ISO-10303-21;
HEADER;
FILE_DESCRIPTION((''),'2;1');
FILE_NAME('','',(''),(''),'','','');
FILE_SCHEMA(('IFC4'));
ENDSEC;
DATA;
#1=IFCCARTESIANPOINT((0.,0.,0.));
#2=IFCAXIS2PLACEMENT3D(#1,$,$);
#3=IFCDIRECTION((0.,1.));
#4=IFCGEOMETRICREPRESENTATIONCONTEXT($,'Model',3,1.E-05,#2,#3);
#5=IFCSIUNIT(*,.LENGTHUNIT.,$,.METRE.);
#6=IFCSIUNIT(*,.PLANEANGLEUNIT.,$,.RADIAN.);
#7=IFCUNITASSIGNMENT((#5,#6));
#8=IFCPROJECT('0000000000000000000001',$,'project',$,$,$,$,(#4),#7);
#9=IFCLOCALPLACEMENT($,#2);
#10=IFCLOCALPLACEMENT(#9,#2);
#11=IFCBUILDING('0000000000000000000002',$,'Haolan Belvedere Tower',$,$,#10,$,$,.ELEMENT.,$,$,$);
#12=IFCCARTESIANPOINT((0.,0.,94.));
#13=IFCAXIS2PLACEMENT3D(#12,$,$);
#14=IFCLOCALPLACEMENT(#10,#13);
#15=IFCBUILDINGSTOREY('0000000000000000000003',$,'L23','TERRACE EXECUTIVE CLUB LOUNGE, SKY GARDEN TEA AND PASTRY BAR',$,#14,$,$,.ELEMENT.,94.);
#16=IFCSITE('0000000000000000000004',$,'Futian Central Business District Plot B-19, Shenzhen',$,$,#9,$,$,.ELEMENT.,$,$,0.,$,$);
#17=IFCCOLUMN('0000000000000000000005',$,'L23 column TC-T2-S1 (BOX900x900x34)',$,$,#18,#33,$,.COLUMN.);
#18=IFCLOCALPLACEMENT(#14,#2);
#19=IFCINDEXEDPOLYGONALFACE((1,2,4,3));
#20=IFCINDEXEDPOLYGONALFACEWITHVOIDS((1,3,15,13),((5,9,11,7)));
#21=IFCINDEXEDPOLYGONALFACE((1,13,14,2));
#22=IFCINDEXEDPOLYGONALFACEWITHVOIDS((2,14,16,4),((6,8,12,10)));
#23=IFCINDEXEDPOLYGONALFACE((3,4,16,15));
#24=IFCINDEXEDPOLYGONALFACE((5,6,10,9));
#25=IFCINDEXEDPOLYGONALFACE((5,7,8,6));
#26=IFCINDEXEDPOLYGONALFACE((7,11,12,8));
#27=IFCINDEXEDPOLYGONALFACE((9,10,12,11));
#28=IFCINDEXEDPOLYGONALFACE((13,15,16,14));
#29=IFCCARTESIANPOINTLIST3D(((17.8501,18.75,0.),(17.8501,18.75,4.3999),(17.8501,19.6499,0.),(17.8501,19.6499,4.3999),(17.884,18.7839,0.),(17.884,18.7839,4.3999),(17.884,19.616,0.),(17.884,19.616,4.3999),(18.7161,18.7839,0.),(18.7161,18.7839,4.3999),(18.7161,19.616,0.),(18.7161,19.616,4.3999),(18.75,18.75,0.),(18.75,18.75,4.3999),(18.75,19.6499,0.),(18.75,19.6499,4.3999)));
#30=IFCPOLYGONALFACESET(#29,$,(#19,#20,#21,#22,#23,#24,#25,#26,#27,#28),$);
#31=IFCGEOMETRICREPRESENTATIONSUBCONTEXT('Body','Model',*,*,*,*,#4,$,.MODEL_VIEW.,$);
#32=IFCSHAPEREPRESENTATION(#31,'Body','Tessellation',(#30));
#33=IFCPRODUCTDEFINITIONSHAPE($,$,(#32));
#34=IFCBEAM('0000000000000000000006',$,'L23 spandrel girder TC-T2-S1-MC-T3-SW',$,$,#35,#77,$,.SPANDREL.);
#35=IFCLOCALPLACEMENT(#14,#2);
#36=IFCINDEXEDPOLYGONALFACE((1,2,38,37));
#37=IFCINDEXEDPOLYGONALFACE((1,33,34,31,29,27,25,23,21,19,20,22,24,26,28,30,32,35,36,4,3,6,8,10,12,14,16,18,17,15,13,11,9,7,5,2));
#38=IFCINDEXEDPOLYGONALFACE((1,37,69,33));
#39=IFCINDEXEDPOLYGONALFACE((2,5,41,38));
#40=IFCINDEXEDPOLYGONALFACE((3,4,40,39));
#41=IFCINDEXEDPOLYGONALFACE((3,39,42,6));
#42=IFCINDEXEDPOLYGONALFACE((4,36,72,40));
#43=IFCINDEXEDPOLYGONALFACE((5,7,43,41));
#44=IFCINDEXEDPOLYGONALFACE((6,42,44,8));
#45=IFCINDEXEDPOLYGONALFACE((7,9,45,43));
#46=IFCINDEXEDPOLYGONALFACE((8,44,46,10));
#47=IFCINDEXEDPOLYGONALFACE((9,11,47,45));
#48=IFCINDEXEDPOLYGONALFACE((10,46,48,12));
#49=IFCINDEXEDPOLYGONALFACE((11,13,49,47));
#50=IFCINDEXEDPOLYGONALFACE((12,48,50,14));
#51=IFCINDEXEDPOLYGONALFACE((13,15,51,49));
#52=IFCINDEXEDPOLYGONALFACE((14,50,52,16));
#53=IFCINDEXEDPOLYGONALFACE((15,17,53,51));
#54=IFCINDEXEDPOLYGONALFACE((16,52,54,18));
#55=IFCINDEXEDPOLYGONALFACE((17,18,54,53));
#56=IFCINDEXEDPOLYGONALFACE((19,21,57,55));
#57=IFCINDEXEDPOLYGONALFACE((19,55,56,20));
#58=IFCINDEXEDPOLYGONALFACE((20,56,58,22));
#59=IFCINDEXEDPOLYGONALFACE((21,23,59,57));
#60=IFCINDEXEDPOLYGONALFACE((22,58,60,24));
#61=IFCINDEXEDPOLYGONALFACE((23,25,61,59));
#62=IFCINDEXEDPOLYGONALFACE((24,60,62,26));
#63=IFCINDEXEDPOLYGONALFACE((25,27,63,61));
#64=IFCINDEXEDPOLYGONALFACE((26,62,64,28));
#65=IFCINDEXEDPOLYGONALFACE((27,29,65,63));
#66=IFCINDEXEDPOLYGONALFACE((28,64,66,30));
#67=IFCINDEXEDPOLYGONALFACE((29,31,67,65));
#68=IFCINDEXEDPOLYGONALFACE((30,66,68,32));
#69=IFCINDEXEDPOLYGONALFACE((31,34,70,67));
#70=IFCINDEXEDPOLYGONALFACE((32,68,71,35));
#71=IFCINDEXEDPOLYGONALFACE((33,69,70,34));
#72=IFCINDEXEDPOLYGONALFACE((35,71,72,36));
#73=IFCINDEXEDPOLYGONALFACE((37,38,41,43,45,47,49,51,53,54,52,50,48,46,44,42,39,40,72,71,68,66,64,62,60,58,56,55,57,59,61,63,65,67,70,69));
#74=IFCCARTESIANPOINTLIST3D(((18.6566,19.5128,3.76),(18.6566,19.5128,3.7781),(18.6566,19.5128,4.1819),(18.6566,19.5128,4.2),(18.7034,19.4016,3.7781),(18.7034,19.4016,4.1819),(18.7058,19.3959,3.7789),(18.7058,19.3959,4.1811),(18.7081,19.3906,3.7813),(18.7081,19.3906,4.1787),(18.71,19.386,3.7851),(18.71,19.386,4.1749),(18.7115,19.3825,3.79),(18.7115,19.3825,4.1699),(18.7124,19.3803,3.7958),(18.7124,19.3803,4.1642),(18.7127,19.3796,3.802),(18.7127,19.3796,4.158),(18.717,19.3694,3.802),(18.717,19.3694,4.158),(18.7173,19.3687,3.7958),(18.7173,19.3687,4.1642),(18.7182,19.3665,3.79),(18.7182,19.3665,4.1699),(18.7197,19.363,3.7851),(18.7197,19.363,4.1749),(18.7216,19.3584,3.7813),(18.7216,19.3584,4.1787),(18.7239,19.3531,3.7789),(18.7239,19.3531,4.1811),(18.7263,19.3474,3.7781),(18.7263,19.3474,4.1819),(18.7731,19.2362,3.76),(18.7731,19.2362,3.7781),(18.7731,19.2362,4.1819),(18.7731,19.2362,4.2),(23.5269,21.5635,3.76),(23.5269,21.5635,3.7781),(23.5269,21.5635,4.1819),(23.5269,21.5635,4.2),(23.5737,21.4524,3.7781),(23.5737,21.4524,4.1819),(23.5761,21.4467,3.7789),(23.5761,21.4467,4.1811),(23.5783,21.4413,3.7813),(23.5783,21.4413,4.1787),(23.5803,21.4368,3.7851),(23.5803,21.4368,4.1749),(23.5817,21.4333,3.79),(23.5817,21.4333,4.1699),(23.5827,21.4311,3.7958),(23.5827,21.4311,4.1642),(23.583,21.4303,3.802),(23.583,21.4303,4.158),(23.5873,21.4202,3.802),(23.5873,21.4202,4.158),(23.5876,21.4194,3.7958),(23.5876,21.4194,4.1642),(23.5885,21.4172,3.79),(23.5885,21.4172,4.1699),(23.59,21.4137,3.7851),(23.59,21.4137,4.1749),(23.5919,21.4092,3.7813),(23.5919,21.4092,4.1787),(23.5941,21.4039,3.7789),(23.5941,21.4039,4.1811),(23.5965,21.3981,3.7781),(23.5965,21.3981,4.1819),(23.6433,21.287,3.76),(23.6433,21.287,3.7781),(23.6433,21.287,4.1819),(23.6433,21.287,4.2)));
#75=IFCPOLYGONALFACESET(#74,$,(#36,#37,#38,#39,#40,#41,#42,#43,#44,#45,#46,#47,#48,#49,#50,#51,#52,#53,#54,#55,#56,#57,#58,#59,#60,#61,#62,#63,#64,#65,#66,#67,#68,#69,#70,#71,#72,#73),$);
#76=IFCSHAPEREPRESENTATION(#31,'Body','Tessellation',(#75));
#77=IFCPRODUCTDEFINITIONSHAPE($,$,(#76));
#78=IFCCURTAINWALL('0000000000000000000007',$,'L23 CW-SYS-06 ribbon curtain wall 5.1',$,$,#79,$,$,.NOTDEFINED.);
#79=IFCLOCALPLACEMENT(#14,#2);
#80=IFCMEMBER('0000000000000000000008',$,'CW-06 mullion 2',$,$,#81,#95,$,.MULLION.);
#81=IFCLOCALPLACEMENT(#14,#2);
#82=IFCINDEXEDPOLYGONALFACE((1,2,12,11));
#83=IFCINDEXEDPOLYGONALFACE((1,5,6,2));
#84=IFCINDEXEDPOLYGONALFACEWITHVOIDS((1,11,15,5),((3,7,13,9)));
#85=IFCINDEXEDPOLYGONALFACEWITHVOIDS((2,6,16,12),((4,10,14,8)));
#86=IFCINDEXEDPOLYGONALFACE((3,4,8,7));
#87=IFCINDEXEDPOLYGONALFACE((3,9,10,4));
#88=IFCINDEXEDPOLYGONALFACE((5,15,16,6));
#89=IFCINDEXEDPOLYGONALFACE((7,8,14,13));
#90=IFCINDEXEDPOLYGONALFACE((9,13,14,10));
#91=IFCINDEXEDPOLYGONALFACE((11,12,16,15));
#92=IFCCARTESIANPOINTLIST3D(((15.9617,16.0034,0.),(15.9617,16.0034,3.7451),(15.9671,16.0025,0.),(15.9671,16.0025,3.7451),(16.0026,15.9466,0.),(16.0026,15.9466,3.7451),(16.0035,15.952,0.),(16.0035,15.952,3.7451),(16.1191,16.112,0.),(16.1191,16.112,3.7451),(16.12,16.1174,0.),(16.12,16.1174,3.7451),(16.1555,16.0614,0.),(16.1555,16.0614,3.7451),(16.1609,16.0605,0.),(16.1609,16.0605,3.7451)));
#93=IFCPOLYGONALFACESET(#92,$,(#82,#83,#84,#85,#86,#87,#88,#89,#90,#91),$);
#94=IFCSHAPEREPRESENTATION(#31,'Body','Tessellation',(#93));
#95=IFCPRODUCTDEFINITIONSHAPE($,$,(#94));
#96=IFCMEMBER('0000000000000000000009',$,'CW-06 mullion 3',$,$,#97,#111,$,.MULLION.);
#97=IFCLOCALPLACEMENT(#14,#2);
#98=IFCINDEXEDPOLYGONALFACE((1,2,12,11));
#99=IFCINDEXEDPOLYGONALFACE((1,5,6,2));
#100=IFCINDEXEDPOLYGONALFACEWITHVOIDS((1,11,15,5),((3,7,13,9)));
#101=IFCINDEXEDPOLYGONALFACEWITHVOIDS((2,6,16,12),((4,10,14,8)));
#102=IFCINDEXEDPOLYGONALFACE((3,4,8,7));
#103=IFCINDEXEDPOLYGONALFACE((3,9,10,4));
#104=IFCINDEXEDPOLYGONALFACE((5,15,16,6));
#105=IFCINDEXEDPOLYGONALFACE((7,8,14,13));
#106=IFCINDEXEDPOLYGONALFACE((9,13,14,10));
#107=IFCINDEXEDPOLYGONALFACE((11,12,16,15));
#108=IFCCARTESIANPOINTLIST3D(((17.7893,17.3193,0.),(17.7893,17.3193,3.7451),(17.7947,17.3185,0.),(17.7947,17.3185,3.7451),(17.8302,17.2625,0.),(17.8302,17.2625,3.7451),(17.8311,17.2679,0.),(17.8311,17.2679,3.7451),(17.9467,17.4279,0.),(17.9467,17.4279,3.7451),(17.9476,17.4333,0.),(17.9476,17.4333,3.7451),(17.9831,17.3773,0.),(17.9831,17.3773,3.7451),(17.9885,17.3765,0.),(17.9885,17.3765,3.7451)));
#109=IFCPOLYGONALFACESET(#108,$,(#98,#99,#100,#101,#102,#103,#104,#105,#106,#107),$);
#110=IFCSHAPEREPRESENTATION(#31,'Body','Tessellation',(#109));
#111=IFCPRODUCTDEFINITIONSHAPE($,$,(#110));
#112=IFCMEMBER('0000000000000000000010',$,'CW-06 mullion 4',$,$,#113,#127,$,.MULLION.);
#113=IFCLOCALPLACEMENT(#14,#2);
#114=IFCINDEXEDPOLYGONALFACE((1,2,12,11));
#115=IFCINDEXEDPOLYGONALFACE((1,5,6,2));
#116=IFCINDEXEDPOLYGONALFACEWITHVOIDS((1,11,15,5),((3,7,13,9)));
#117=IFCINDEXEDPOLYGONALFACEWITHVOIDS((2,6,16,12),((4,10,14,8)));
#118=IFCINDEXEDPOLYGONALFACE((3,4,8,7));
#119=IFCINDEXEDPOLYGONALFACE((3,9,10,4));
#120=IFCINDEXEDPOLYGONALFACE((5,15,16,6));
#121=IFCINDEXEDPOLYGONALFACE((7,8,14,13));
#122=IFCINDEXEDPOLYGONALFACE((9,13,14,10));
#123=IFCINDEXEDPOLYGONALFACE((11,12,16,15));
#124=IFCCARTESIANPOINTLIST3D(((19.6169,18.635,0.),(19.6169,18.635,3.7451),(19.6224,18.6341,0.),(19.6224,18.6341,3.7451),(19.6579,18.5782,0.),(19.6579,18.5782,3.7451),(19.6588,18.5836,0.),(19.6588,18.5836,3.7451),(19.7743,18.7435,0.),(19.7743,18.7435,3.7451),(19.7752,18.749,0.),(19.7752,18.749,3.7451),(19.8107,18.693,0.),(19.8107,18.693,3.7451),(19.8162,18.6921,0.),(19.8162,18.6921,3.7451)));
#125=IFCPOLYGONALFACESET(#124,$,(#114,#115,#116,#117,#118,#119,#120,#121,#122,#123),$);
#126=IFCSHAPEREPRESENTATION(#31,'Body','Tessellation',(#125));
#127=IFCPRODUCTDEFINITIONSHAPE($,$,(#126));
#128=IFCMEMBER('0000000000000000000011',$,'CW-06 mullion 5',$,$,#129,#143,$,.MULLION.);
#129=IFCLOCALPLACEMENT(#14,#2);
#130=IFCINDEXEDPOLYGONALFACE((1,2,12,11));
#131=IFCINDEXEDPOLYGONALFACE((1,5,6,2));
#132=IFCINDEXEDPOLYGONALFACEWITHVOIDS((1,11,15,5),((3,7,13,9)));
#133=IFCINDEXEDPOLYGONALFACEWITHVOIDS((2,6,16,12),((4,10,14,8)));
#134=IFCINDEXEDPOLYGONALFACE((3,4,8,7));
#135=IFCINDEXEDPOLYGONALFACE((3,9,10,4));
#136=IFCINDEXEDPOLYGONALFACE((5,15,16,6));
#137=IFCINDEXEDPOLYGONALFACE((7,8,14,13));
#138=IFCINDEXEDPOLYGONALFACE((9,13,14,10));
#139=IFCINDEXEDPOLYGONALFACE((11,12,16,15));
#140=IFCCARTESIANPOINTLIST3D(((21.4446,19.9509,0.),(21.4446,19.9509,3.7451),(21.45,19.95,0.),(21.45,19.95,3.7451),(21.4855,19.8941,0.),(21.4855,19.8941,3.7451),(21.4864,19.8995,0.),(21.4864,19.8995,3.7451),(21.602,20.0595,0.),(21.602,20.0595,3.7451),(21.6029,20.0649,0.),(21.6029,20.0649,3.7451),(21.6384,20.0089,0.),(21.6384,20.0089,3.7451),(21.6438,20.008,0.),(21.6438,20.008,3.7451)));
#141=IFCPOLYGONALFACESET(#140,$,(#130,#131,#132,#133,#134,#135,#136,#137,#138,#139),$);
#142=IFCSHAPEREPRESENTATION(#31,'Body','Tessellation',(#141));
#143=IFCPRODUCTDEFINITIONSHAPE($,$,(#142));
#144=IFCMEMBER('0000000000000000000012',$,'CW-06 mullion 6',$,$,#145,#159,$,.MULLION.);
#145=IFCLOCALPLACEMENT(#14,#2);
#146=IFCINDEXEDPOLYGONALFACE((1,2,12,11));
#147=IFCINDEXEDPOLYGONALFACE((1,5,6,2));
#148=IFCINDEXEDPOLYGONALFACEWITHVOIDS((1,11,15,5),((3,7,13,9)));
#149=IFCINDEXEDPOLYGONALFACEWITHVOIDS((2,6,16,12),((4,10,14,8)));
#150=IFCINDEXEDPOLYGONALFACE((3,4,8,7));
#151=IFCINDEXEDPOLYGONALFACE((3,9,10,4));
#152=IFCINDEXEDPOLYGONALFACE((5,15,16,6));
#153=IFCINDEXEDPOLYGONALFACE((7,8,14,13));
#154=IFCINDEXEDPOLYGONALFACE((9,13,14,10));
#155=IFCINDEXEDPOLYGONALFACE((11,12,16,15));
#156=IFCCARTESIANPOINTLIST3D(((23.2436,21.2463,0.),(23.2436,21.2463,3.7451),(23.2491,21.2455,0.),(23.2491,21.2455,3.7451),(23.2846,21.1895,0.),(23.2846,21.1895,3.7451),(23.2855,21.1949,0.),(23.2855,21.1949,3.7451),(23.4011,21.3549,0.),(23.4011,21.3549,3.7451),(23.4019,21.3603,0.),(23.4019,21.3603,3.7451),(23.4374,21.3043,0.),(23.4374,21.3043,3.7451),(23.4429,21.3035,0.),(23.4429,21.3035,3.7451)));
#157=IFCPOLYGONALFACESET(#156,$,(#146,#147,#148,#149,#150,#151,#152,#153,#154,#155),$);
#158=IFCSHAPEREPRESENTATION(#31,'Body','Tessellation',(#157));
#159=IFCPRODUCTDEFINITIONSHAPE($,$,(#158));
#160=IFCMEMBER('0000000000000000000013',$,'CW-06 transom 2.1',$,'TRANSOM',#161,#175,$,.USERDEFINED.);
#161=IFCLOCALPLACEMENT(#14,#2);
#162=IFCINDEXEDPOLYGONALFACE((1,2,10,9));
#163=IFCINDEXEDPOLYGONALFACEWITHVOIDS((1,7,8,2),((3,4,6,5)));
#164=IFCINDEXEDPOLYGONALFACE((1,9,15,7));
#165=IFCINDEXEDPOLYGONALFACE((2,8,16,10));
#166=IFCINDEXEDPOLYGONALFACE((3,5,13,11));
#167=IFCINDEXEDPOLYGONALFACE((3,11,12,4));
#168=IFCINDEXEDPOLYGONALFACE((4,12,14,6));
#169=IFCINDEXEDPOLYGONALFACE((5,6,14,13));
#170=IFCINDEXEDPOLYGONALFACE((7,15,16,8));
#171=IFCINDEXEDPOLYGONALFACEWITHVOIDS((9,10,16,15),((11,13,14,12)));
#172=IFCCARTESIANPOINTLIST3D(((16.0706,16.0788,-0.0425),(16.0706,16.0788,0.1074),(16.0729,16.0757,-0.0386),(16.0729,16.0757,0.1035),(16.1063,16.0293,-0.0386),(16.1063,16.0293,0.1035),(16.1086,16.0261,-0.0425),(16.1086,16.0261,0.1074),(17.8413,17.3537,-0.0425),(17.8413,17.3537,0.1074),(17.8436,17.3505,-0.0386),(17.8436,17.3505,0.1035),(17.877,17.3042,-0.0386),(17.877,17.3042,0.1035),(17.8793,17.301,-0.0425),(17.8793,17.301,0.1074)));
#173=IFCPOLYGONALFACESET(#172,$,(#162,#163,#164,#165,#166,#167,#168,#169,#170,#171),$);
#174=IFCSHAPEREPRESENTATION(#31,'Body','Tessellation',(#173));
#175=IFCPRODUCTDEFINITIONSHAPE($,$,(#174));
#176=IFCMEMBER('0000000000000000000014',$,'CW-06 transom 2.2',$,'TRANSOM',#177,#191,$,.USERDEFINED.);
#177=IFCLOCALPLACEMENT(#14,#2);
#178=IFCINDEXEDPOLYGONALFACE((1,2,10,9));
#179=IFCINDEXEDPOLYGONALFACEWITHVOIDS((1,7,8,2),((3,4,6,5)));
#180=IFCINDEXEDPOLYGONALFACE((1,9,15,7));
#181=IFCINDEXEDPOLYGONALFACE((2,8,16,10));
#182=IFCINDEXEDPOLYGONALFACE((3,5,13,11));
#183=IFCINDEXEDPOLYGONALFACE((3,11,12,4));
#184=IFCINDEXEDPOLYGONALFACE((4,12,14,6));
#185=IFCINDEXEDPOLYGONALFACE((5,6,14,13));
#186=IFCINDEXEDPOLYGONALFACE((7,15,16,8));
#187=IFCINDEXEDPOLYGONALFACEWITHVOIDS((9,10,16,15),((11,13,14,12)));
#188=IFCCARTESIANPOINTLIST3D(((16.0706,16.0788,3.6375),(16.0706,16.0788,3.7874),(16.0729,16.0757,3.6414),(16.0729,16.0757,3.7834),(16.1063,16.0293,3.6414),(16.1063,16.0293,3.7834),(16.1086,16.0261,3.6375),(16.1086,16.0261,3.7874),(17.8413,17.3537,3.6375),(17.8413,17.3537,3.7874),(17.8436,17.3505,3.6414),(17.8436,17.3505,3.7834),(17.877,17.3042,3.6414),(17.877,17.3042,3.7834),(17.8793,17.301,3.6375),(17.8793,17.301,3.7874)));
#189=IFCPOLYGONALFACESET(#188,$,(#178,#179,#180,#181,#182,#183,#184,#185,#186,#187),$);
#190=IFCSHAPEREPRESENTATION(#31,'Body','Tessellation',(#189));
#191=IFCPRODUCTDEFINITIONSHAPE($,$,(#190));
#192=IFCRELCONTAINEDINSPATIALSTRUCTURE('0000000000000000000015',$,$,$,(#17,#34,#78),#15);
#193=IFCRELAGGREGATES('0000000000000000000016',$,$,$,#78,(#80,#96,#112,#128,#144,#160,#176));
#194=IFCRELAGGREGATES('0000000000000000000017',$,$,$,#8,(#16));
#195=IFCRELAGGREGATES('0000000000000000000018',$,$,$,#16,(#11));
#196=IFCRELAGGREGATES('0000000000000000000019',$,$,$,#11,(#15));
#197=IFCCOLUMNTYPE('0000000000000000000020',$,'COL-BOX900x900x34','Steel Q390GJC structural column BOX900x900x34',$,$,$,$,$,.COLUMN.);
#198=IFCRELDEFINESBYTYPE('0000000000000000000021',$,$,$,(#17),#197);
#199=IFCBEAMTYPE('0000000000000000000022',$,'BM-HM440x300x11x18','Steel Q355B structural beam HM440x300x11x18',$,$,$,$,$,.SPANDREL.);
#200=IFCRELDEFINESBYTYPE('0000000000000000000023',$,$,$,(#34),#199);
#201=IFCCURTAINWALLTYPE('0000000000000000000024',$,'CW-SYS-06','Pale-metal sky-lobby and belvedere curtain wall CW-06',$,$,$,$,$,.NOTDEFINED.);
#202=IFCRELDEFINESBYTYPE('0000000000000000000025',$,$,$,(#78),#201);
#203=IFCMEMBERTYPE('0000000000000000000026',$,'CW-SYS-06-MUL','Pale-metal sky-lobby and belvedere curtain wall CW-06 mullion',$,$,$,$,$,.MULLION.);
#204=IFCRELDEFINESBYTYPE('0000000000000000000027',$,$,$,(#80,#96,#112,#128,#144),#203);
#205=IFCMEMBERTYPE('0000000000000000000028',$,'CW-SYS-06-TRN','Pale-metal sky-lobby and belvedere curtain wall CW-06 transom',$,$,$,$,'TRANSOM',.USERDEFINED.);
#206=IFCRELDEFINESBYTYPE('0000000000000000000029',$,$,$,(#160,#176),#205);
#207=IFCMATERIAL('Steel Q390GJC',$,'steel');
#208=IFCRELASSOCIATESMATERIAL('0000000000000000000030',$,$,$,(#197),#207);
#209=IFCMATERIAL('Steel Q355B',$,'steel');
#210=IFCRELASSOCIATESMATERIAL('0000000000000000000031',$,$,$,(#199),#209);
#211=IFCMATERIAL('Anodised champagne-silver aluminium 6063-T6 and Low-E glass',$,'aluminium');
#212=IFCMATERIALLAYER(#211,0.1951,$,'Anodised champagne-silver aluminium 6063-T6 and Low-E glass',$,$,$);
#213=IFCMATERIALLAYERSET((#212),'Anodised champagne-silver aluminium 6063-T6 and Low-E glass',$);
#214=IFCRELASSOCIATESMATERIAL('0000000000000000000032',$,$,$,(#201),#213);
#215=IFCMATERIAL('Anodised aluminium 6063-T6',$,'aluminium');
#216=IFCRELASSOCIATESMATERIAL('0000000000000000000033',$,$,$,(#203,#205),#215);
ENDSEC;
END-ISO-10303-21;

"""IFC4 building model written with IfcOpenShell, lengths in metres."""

from ifc_helpers import new_model, si_unit, direction, frame, origin, origin_2d, place, context, subcontext, project, spatial, hollow_rectangle, i_section, extrude, material, layer, layer_set, material_profile, profile_set, type_object, element, aggregate, save


model = new_model("IFC4")

# Units and contexts
model_context = context("Model", 3, precision=1e-05, world=origin(), true_north=direction((0.0, 1.0)))
body_context = subcontext(model_context, "Body", "Model", "MODEL_VIEW")
ifc_project = project(units=[si_unit("LENGTHUNIT", "METRE"), si_unit("PLANEANGLEUNIT", "RADIAN")], contexts=[model_context])

# Site, building, storey
site_placement = place(None, origin())
site = spatial("IfcSite", under=ifc_project, at=site_placement, Name="Futian Central Business District Plot B-19, Shenzhen", CompositionType="ELEMENT", RefElevation=0.0)
building_placement = place(site_placement, origin())
building = spatial("IfcBuilding", under=site, at=building_placement, Name="Haolan Belvedere Tower", CompositionType="ELEMENT")
storey_placement = place(building_placement, frame((0.0, 0.0, 94.0)))
storey = spatial("IfcBuildingStorey", under=building, at=storey_placement, Name="L23", Description="TERRACE EXECUTIVE CLUB LOUNGE, SKY GARDEN TEA AND PASTRY BAR", CompositionType="ELEMENT", Elevation=94.0)

# Column
ifc_material_1 = material(Name="Steel Q390GJC", Category="steel")
ifc_material_profile_1 = material_profile(ifc_material_1, hollow_rectangle(XDim=0.8999, YDim=0.8999, WallThickness=0.0339, at=origin_2d()), Name="Steel Q390GJC")
ifc_profile_set_1 = profile_set([ifc_material_profile_1], Name="Steel Q390GJC")
column_type = type_object("IfcColumnType", Name="COL-BOX900x900x34", Description="Steel Q390GJC structural column BOX900x900x34", PredefinedType="COLUMN", material=ifc_profile_set_1)
column_placement = place(storey_placement, frame((18.3, 19.2, 0.0), z_axis=(0.0, 0.0, 1.0), x_axis=(1.0, 0.0, 0.0)))
element("IfcColumn", 1, at=column_placement, inside=storey, type_object=column_type, Name="L23 column TC-T2-S1 (BOX900x900x34)", PredefinedType="COLUMN", context=body_context, shape_type="SweptSolid", body=[
    extrude(hollow_rectangle(XDim=0.8999, YDim=0.8999, WallThickness=0.0339, at=origin_2d()), origin(), (0.0, 0.0, 1.0), 4.3999),
])

# Beam
ifc_material_2 = material(Name="Steel Q355B", Category="steel")
ifc_material_profile_2 = material_profile(ifc_material_2, i_section(OverallWidth=0.3, OverallDepth=0.4399, WebThickness=0.011, FlangeThickness=0.0181, FilletRadius=0.0239, at=origin_2d()), Name="Steel Q355B")
ifc_profile_set_2 = profile_set([ifc_material_profile_2], Name="Steel Q355B")
beam_type = type_object("IfcBeamType", Name="BM-HM440x300x11x18", Description="Steel Q355B structural beam HM440x300x11x18", PredefinedType="SPANDREL", material=ifc_profile_set_2)
beam_placement = place(storey_placement, frame((18.7148, 19.3745, 3.98), z_axis=(0.921628, 0.388074, 0.0), x_axis=(-0.388074, 0.921628, 0.0)))
element("IfcBeam", 2, at=beam_placement, inside=storey, type_object=beam_type, Name="L23 spandrel girder TC-T2-S1-MC-T3-SW", PredefinedType="SPANDREL", context=body_context, shape_type="SweptSolid", body=[
    extrude(i_section(OverallWidth=0.3, OverallDepth=0.4399, WebThickness=0.011, FlangeThickness=0.0181, FilletRadius=0.0239, at=origin_2d()), origin(), (0.0, 0.0, 1.0), 5.2844),
])

# Curtain wall, members
ifc_material_3 = material(Name="Anodised champagne-silver aluminium 6063-T6 and Low-E glass", Category="aluminium")
ifc_layer_1 = layer(ifc_material_3, 0.1951, Name="Anodised champagne-silver aluminium 6063-T6 and Low-E glass")
ifc_layer_set_1 = layer_set([ifc_layer_1], Name="Anodised champagne-silver aluminium 6063-T6 and Low-E glass")
curtain_wall_type = type_object("IfcCurtainWallType", Name="CW-SYS-06", Description="Pale-metal sky-lobby and belvedere curtain wall CW-06", PredefinedType="NOTDEFINED", material=ifc_layer_set_1)
curtain_wall_placement = place(storey_placement, origin())
curtain_wall = element("IfcCurtainWall", 3, at=curtain_wall_placement, inside=storey, type_object=curtain_wall_type, Name="L23 CW-SYS-06 ribbon curtain wall 5.1", PredefinedType="NOTDEFINED")
ifc_material_4 = material(Name="Anodised aluminium 6063-T6", Category="aluminium")
ifc_material_profile_3 = material_profile(ifc_material_4, hollow_rectangle(XDim=0.0701, YDim=0.1951, WallThickness=0.0039, at=origin_2d()), Name="Anodised aluminium 6063-T6")
ifc_profile_set_3 = profile_set([ifc_material_profile_3], Name="Anodised aluminium 6063-T6")
member_type_1 = type_object("IfcMemberType", Name="CW-SYS-06-MUL", Description="Pale-metal sky-lobby and belvedere curtain wall CW-06 mullion", PredefinedType="MULLION", material=ifc_profile_set_3)
member_1_placement = place(storey_placement, frame((16.0613, 16.032, 0.0), z_axis=(0.0, 0.0, 1.0), x_axis=(-0.584297, 0.81154, 0.0)))
member_1 = element("IfcMember", 4, at=member_1_placement, type_object=member_type_1, Name="CW-06 mullion 2", PredefinedType="MULLION", context=body_context, shape_type="SweptSolid", body=[
    extrude(hollow_rectangle(XDim=0.0701, YDim=0.1951, WallThickness=0.0039, at=origin_2d()), origin(), (0.0, 0.0, 1.0), 3.7451),
])
member_2_placement = place(storey_placement, frame((17.8889, 17.3479, 0.0), z_axis=(0.0, 0.0, 1.0), x_axis=(-0.584297, 0.81154, 0.0)))
member_2 = element("IfcMember", 5, at=member_2_placement, type_object=member_type_1, Name="CW-06 mullion 3", PredefinedType="MULLION", context=body_context, shape_type="SweptSolid", body=[
    extrude(hollow_rectangle(XDim=0.0701, YDim=0.1951, WallThickness=0.0039, at=origin_2d()), origin(), (0.0, 0.0, 1.0), 3.7451),
])
member_3_placement = place(storey_placement, frame((19.7166, 18.6636, 0.0), z_axis=(0.0, 0.0, 1.0), x_axis=(-0.584297, 0.81154, 0.0)))
member_3 = element("IfcMember", 6, at=member_3_placement, type_object=member_type_1, Name="CW-06 mullion 4", PredefinedType="MULLION", context=body_context, shape_type="SweptSolid", body=[
    extrude(hollow_rectangle(XDim=0.0701, YDim=0.1951, WallThickness=0.0039, at=origin_2d()), origin(), (0.0, 0.0, 1.0), 3.7451),
])
member_4_placement = place(storey_placement, frame((21.5442, 19.9795, 0.0), z_axis=(0.0, 0.0, 1.0), x_axis=(-0.584297, 0.81154, 0.0)))
member_4 = element("IfcMember", 7, at=member_4_placement, type_object=member_type_1, Name="CW-06 mullion 5", PredefinedType="MULLION", context=body_context, shape_type="SweptSolid", body=[
    extrude(hollow_rectangle(XDim=0.0701, YDim=0.1951, WallThickness=0.0039, at=origin_2d()), origin(), (0.0, 0.0, 1.0), 3.7451),
])
member_5_placement = place(storey_placement, frame((23.3433, 21.2749, 0.0), z_axis=(0.0, 0.0, 1.0), x_axis=(-0.584297, 0.81154, 0.0)))
member_5 = element("IfcMember", 8, at=member_5_placement, type_object=member_type_1, Name="CW-06 mullion 6", PredefinedType="MULLION", context=body_context, shape_type="SweptSolid", body=[
    extrude(hollow_rectangle(XDim=0.0701, YDim=0.1951, WallThickness=0.0039, at=origin_2d()), origin(), (0.0, 0.0, 1.0), 3.7451),
])
ifc_material_profile_4 = material_profile(ifc_material_4, hollow_rectangle(XDim=0.0649, YDim=0.1499, WallThickness=0.0039, at=origin_2d()), Name="Anodised aluminium 6063-T6")
ifc_profile_set_4 = profile_set([ifc_material_profile_4], Name="Anodised aluminium 6063-T6")
member_type_2 = type_object("IfcMemberType", Name="CW-SYS-06-TRN", Description="Pale-metal sky-lobby and belvedere curtain wall CW-06 transom", ElementType="TRANSOM", PredefinedType="USERDEFINED", material=ifc_profile_set_4)
member_6_placement = place(storey_placement, frame((16.0896, 16.0525, 0.0325), z_axis=(0.811543, 0.584293, 0.0), x_axis=(-0.584293, 0.811543, 0.0)))
member_6 = element("IfcMember", 9, at=member_6_placement, type_object=member_type_2, Name="CW-06 transom 2.1", ObjectType="TRANSOM", PredefinedType="USERDEFINED", context=body_context, shape_type="SweptSolid", body=[
    extrude(hollow_rectangle(XDim=0.0649, YDim=0.1499, WallThickness=0.0039, at=origin_2d()), origin(), (0.0, 0.0, 1.0), 2.1819),
])
member_7_placement = place(storey_placement, frame((16.0896, 16.0525, 3.7124), z_axis=(0.811543, 0.584293, 0.0), x_axis=(-0.584293, 0.811543, 0.0)))
member_7 = element("IfcMember", 10, at=member_7_placement, type_object=member_type_2, Name="CW-06 transom 2.2", ObjectType="TRANSOM", PredefinedType="USERDEFINED", context=body_context, shape_type="SweptSolid", body=[
    extrude(hollow_rectangle(XDim=0.0649, YDim=0.1499, WallThickness=0.0039, at=origin_2d()), origin(), (0.0, 0.0, 1.0), 2.1819),
])
aggregate(curtain_wall, [member_1, member_2, member_3, member_4, member_5, member_6, member_7])

save(model, "model.ifc")
